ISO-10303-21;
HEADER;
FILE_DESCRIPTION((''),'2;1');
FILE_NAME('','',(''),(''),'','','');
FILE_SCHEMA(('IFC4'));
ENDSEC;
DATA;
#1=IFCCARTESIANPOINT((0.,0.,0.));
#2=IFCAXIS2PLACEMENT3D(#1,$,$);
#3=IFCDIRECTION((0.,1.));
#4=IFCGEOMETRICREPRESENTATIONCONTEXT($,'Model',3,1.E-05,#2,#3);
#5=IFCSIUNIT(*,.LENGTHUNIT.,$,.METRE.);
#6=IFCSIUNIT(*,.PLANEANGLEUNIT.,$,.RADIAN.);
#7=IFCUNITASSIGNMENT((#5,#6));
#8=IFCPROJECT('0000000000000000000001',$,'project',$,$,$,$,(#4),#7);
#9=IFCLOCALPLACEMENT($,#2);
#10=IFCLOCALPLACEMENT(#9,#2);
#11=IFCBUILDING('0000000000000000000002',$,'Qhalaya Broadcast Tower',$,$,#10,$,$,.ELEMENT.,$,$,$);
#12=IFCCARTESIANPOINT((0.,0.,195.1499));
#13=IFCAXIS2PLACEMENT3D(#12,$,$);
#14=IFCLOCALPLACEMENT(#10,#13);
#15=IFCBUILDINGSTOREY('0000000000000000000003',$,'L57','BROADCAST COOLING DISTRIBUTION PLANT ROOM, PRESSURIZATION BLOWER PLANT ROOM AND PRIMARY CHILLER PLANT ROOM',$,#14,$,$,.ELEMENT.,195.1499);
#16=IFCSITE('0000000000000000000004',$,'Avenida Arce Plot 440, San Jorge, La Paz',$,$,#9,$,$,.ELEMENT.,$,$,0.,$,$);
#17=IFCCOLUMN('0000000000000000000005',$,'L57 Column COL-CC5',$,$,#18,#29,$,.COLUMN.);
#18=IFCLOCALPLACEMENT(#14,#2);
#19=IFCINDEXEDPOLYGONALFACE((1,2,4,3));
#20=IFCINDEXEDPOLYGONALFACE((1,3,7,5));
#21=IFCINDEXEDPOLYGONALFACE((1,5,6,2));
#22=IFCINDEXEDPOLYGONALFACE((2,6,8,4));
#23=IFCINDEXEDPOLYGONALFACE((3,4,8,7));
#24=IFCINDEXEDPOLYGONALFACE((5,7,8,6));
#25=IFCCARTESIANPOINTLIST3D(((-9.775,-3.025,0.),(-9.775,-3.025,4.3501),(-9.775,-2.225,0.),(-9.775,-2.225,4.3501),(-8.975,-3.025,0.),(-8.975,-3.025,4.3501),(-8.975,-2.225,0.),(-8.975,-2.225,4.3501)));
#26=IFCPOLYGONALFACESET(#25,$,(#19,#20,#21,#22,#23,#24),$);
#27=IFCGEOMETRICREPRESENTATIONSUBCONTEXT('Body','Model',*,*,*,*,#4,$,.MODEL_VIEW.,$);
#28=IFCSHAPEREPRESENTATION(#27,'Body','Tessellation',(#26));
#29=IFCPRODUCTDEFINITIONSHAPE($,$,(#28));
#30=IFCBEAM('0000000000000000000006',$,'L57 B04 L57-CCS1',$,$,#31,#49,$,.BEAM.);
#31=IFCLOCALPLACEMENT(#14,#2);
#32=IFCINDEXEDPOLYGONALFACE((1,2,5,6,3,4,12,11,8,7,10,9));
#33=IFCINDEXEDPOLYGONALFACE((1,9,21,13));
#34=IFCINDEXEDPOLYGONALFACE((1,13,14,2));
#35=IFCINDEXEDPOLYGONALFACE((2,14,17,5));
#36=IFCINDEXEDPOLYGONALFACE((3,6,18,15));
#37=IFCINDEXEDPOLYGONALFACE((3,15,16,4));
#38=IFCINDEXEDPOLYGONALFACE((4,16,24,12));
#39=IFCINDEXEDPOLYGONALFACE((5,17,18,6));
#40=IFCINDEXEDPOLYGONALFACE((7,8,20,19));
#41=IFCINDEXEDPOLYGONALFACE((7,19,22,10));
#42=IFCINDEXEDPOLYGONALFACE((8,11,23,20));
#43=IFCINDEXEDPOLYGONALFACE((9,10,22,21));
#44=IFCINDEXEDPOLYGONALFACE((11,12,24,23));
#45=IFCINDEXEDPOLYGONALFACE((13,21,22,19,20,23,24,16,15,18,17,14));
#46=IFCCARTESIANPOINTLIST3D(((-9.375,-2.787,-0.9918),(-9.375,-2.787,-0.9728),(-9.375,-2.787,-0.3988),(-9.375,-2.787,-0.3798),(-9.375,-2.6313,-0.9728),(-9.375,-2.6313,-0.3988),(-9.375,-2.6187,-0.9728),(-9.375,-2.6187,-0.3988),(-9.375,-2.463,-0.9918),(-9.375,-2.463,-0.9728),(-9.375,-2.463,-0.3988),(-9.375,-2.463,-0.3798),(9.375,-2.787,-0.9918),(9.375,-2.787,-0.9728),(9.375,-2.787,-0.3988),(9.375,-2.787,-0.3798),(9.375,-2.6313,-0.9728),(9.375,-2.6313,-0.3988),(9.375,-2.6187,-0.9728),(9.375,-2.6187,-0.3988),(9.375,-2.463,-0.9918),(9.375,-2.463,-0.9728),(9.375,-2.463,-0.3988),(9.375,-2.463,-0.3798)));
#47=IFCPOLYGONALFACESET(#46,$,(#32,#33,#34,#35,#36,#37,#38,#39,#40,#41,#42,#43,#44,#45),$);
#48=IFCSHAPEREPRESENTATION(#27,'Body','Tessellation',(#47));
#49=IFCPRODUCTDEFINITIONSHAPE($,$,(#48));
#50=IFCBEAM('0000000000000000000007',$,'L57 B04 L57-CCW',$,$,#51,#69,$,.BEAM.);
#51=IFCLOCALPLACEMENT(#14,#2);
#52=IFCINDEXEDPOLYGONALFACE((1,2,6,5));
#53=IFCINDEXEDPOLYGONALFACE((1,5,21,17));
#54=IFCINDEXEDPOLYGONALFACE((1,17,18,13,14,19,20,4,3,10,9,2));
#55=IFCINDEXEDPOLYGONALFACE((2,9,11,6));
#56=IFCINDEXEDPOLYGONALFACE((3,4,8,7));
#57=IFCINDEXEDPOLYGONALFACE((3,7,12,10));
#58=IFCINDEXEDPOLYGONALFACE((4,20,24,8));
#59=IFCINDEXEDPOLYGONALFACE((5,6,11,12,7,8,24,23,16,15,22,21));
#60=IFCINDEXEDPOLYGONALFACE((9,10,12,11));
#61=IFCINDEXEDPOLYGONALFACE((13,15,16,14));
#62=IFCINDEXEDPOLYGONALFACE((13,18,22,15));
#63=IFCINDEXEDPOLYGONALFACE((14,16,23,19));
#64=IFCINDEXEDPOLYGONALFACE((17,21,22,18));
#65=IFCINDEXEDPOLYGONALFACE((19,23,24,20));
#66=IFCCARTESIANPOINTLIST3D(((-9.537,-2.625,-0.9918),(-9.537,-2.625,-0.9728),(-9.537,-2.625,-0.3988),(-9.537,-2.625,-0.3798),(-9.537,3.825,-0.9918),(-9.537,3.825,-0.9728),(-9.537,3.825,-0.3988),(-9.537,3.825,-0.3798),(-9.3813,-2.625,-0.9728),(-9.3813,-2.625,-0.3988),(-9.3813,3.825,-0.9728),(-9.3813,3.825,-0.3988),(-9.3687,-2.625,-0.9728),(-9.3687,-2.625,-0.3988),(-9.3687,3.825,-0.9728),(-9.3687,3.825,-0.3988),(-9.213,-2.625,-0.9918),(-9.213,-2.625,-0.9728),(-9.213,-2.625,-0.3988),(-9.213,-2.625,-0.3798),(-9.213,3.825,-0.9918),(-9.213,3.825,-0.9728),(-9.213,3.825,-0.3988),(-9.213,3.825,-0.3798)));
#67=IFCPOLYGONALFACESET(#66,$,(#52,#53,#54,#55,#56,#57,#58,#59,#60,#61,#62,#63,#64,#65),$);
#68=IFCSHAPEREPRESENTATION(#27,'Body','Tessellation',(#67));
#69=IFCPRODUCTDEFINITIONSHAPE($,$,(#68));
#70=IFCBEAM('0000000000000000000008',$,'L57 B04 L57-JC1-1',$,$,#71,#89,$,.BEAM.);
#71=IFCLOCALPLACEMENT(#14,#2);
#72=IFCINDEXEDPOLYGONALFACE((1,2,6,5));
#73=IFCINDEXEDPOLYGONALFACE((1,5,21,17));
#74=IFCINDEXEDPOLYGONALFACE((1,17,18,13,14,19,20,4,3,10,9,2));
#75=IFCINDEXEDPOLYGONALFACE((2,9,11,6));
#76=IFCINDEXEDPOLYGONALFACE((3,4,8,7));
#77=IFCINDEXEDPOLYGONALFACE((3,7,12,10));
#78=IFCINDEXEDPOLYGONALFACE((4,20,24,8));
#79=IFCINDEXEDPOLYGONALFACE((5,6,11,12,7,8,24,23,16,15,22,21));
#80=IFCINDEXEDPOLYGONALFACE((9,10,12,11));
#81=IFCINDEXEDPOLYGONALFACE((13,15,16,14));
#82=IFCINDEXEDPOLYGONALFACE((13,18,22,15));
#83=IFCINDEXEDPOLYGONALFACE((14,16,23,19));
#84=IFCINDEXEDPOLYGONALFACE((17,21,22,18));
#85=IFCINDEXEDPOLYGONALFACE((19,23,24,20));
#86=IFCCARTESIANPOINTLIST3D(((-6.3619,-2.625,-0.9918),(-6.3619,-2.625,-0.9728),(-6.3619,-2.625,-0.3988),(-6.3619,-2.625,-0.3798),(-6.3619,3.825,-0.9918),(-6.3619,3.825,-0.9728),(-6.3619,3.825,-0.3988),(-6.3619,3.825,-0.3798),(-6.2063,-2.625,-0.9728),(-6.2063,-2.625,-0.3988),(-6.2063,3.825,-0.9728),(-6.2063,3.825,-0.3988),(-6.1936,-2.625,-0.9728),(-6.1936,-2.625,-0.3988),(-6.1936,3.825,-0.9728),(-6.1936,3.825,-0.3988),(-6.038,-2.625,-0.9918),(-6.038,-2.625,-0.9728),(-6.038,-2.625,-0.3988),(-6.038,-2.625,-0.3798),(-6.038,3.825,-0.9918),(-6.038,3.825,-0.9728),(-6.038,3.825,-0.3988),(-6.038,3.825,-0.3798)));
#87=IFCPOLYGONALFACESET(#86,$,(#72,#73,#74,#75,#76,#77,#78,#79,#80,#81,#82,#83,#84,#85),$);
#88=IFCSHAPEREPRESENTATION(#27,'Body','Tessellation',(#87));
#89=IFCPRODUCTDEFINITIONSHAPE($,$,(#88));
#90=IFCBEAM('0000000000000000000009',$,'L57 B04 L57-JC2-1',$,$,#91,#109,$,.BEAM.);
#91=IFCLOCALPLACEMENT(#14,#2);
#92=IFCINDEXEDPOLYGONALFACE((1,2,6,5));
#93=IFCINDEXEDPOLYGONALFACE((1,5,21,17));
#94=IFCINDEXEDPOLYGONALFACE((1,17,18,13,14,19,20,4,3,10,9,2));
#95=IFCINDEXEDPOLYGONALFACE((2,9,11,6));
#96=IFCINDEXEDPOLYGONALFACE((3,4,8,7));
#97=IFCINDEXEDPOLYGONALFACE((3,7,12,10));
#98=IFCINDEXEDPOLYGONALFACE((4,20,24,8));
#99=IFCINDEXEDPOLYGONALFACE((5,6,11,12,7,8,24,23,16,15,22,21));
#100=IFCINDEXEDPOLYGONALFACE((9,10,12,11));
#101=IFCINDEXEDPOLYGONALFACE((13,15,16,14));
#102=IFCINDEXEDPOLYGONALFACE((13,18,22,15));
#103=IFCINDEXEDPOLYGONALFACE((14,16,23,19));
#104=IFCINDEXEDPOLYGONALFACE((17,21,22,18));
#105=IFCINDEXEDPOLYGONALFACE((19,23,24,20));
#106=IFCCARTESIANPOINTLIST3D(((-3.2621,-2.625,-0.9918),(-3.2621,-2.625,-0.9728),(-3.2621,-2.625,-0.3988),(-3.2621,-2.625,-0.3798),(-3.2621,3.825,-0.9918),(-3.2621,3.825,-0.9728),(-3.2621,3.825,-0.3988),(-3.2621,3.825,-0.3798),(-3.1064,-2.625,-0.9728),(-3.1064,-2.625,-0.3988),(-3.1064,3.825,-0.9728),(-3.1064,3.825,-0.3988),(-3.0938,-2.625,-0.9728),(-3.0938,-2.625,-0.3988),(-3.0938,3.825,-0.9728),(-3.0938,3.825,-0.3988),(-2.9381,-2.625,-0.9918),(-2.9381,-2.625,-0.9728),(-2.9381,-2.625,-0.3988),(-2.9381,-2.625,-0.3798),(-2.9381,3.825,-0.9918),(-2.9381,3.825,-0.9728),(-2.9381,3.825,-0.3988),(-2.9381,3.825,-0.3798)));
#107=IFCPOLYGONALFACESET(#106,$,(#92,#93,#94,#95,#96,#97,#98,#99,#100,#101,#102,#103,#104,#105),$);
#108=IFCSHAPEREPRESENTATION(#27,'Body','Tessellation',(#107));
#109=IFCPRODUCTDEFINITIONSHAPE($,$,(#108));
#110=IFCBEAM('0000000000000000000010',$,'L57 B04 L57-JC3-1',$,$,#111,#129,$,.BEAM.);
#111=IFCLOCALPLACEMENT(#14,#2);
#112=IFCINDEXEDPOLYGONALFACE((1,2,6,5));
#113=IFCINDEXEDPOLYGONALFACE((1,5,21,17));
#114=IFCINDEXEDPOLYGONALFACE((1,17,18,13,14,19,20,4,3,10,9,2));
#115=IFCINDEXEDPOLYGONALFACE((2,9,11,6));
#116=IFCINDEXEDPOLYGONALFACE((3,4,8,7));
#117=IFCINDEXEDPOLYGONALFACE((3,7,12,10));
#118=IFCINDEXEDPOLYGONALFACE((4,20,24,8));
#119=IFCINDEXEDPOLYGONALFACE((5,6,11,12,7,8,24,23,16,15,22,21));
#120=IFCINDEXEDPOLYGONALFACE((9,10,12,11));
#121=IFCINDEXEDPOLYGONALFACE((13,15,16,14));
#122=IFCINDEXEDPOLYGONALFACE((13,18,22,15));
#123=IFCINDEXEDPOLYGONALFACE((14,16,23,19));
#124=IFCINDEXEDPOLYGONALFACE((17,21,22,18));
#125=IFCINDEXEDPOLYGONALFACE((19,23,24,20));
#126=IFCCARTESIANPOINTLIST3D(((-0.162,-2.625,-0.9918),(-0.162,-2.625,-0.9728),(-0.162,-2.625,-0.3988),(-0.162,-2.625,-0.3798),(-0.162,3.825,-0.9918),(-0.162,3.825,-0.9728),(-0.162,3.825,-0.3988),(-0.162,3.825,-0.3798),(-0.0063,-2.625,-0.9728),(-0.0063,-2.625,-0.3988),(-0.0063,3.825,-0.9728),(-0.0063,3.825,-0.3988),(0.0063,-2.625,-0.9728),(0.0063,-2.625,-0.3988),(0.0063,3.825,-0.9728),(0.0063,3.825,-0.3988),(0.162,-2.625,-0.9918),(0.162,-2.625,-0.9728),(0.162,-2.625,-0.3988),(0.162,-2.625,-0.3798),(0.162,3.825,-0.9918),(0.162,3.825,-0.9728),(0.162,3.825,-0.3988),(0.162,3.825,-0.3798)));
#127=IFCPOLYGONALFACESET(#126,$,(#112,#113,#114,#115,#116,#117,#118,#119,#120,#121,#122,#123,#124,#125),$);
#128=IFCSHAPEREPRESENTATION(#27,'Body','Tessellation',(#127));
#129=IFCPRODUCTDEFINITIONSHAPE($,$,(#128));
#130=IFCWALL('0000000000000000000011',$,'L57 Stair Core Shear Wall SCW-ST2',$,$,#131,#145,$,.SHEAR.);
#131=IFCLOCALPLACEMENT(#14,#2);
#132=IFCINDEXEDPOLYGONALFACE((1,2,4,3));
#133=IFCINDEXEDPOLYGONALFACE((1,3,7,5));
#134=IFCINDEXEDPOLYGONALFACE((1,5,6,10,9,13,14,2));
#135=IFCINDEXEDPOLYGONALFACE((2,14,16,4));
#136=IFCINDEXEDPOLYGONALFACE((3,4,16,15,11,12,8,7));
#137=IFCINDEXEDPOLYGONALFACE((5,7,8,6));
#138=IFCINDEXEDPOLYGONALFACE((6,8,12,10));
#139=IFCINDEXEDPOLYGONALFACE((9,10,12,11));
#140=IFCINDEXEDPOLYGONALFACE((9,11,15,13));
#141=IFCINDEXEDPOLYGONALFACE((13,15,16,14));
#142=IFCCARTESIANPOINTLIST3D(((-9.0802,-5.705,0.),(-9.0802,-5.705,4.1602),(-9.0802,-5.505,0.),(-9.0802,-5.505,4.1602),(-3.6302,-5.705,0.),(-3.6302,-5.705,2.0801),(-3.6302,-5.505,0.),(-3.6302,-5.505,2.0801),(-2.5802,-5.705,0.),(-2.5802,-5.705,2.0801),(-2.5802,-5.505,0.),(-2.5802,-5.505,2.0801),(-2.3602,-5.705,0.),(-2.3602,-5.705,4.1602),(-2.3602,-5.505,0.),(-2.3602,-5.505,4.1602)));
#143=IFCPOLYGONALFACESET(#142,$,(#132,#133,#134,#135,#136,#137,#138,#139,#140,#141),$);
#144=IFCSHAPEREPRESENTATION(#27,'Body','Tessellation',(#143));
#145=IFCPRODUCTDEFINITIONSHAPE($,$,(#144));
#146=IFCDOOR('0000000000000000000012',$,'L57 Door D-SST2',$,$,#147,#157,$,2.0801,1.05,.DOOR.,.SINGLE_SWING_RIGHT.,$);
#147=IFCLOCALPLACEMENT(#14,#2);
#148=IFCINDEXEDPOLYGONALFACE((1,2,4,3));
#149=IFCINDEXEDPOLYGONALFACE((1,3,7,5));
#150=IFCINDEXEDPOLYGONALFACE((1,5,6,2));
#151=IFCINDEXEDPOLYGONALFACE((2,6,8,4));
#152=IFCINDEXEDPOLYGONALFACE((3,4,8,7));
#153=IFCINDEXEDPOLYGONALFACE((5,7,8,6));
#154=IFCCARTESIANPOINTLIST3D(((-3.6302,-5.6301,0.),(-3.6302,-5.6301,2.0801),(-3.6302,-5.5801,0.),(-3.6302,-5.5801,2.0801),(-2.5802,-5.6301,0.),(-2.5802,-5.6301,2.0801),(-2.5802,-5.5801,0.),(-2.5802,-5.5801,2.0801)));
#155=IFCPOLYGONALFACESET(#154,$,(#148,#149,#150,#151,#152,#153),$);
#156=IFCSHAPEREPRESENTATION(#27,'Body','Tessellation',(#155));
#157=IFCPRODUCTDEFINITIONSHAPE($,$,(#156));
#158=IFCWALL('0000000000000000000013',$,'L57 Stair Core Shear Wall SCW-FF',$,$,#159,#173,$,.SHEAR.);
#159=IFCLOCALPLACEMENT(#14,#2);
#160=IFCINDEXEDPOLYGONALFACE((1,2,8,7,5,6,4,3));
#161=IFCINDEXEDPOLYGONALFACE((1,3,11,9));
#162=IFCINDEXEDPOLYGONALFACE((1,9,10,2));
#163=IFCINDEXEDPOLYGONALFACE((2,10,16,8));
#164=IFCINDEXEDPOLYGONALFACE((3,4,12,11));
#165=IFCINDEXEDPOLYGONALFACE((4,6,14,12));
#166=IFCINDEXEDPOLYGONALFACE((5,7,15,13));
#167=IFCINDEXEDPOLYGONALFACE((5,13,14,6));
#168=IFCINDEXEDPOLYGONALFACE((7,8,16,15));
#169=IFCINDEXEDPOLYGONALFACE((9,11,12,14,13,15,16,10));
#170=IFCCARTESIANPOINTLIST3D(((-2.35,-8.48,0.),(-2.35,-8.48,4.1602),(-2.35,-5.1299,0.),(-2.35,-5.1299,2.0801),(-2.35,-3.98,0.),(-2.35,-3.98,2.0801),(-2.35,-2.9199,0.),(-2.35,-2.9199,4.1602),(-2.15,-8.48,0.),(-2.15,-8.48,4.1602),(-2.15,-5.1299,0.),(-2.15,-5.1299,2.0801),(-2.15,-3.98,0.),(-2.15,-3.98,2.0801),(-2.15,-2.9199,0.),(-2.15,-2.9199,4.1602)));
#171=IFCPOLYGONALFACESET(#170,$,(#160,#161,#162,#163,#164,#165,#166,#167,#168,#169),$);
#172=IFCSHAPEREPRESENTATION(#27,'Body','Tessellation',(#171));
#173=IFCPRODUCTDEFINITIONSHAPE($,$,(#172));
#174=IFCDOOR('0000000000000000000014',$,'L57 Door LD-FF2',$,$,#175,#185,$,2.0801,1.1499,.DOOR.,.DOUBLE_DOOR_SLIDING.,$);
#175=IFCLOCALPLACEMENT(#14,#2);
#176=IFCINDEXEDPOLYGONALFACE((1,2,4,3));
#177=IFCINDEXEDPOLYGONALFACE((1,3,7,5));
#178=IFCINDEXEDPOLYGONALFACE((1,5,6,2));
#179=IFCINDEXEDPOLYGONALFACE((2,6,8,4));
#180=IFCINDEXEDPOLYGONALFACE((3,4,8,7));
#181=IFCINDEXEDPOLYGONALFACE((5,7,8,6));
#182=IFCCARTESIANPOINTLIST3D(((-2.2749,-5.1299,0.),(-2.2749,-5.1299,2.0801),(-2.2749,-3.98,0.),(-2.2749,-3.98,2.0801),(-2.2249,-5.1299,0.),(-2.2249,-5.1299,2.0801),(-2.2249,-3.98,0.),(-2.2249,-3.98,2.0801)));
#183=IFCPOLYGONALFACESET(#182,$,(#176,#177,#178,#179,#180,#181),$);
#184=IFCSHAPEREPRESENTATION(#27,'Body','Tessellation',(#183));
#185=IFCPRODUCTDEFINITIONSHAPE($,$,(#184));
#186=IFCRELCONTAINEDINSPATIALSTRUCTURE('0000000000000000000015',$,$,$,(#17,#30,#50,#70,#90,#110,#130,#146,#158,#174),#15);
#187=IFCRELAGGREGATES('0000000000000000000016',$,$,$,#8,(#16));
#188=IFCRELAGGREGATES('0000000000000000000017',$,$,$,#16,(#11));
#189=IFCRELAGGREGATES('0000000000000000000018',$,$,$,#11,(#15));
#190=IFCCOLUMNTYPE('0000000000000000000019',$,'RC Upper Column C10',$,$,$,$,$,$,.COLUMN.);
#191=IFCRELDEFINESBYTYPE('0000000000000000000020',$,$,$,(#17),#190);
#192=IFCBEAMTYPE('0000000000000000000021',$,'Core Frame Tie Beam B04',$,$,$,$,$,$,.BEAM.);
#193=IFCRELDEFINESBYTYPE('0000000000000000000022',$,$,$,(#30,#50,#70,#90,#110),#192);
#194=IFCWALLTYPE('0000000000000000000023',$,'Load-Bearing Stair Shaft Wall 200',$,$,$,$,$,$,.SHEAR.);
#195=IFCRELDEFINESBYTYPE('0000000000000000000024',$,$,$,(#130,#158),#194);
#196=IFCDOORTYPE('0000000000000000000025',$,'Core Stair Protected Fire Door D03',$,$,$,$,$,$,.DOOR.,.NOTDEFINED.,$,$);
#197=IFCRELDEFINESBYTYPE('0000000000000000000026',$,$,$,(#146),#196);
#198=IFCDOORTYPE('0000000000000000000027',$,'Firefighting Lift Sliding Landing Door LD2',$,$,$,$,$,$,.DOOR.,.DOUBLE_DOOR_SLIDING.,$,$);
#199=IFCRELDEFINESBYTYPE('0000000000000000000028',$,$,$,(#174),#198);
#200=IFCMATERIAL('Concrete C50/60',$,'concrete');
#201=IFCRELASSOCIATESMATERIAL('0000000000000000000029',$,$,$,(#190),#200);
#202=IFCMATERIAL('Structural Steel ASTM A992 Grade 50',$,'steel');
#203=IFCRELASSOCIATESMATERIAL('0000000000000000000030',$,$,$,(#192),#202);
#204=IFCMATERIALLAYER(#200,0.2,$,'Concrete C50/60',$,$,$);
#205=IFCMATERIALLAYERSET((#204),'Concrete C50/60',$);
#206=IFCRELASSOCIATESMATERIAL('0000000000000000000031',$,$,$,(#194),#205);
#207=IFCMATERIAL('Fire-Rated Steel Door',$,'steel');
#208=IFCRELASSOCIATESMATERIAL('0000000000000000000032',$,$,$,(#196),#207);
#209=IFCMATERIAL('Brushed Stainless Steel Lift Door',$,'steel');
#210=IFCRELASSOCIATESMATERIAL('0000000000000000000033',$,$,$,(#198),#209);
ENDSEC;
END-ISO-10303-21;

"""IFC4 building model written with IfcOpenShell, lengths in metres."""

from ifc_helpers import new_model, si_unit, direction, frame, frame_2d, origin, origin_2d, place, context, subcontext, project, spatial, rectangle, i_section, extrude, material, layer, layer_set, material_profile, profile_set, type_object, element, fill, save


model = new_model("IFC4")

# Units and contexts
model_context = context("Model", 3, precision=1e-05, world=origin(), true_north=direction((0.0, 1.0)))
body_context = subcontext(model_context, "Body", "Model", "MODEL_VIEW")
ifc_project = project(units=[si_unit("LENGTHUNIT", "METRE"), si_unit("PLANEANGLEUNIT", "RADIAN")], contexts=[model_context])

# Site, building, storey
site_placement = place(None, origin())
site = spatial("IfcSite", under=ifc_project, at=site_placement, Name="Avenida Arce Plot 440, San Jorge, La Paz", CompositionType="ELEMENT", RefElevation=0.0)
building_placement = place(site_placement, origin())
building = spatial("IfcBuilding", under=site, at=building_placement, Name="Qhalaya Broadcast Tower", CompositionType="ELEMENT")
storey_placement = place(building_placement, frame((0.0, 0.0, 195.1499)))
storey = spatial("IfcBuildingStorey", under=building, at=storey_placement, Name="L57", Description="BROADCAST COOLING DISTRIBUTION PLANT ROOM, PRESSURIZATION BLOWER PLANT ROOM AND PRIMARY CHILLER PLANT ROOM", CompositionType="ELEMENT", Elevation=195.1499)

# Column
ifc_material_1 = material(Name="Concrete C50/60", Category="concrete")
ifc_material_profile_1 = material_profile(ifc_material_1, rectangle(XDim=0.8, YDim=0.8, at=origin_2d()), Name="RC-COL 800x800")
ifc_profile_set_1 = profile_set([ifc_material_profile_1], Name="Concrete C50/60")
column_type = type_object("IfcColumnType", Name="RC Upper Column C10", PredefinedType="COLUMN", material=ifc_profile_set_1)
column_placement = place(storey_placement, frame((-9.375, -2.625, 0.0), z_axis=(0.0, 0.0, 1.0), x_axis=(1.0, 0.0, 0.0)))
element("IfcColumn", 1, at=column_placement, inside=storey, type_object=column_type, Name="L57 Column COL-CC5", PredefinedType="COLUMN", context=body_context, shape_type="SweptSolid", body=[
    extrude(rectangle(XDim=0.8, YDim=0.8, at=origin_2d()), origin(), (0.0, 0.0, 1.0), 4.3501),
])

# Beams
ifc_material_2 = material(Name="Structural Steel ASTM A992 Grade 50", Category="steel")
ifc_material_profile_2 = material_profile(ifc_material_2, i_section(OverallWidth=0.324, OverallDepth=0.6121, WebThickness=0.0127, FlangeThickness=0.019, at=origin_2d()), Name="W24X104")
ifc_profile_set_2 = profile_set([ifc_material_profile_2], Name="Structural Steel ASTM A992 Grade 50")
beam_type = type_object("IfcBeamType", Name="Core Frame Tie Beam B04", PredefinedType="BEAM", material=ifc_profile_set_2)
beam_placement = place(storey_placement, frame((-9.375, -2.625, -0.6858), z_axis=(1.0, 0.0, 0.0), x_axis=(0.0, 1.0, 0.0)))
element("IfcBeam", 2, at=beam_placement, inside=storey, type_object=beam_type, Name="L57 B04 L57-CCS1", PredefinedType="BEAM", context=body_context, shape_type="SweptSolid", body=[
    extrude(i_section(OverallWidth=0.324, OverallDepth=0.6121, WebThickness=0.0127, FlangeThickness=0.019, at=origin_2d()), origin(), (0.0, 0.0, 1.0), 18.75),
])
for number, where, z_axis, x_axis, name in (
    (3, (-9.375, -2.625, -0.6858), (0.0, 1.0, 0.0), (-1.0, 0.0, 0.0), "L57 B04 L57-CCW"),
    (4, (-6.2, -2.625, -0.6858), (0.0, 1.0, 0.0), (-1.0, 0.0, 0.0), "L57 B04 L57-JC1-1"),
    (5, (-3.1001, -2.625, -0.6858), (0.0, 1.0, 0.0), (-1.0, 0.0, 0.0), "L57 B04 L57-JC2-1"),
    (6, (0.0, -2.625, -0.6858), (0.0, 1.0, 0.0), (-1.0, 0.0, 0.0), "L57 B04 L57-JC3-1"),
):
    element("IfcBeam", number, at=place(storey_placement, frame(where, z_axis=z_axis, x_axis=x_axis)), inside=storey, type_object=beam_type, Name=name, PredefinedType="BEAM", context=body_context, shape_type="SweptSolid", body=[
        extrude(i_section(OverallWidth=0.324, OverallDepth=0.6121, WebThickness=0.0127, FlangeThickness=0.019, at=origin_2d()), origin(), (0.0, 0.0, 1.0), 6.45),
    ])

# Walls, openings, doors
ifc_layer_1 = layer(ifc_material_1, 0.2, Name="Concrete C50/60")
ifc_layer_set_1 = layer_set([ifc_layer_1], Name="Concrete C50/60")
wall_type_1 = type_object("IfcWallType", Name="Load-Bearing Stair Shaft Wall 200", PredefinedType="SHEAR", material=ifc_layer_set_1)
wall_1_placement = place(storey_placement, frame((-9.0801, -5.605, 0.0), z_axis=(0.0, 0.0, 1.0), x_axis=(1.0, 0.0, 0.0)))
wall_1 = element("IfcWall", 7, at=wall_1_placement, inside=storey, type_object=wall_type_1, Name="L57 Stair Core Shear Wall SCW-ST2", PredefinedType="SHEAR", context=body_context, shape_type="SweptSolid", body=[
    extrude(rectangle(XDim=6.72, YDim=0.2, at=frame_2d((3.3599, 0.0))), origin(), (0.0, 0.0, 1.0), 4.1602),
])
opening_1_placement = place(wall_1_placement, frame((5.45, 0.0, 0.0)))
opening_1 = element("IfcOpeningElement", 8, at=opening_1_placement, cuts=wall_1, PredefinedType="OPENING", context=body_context, shape_type="SweptSolid", body=[
    extrude(rectangle(XDim=1.05, YDim=2.0801, at=frame_2d((0.5249, 1.04))), frame((0.0, 0.1121, 0.0), z_axis=(0.0, -1.0, 0.0), x_axis=(1.0, 0.0, 0.0)), (0.0, 0.0, 1.0), 0.2239),
])
ifc_material_3 = material(Name="Fire-Rated Steel Door", Category="steel")
door_type_1 = type_object("IfcDoorType", Name="Core Stair Protected Fire Door D03", OperationType="NOTDEFINED", PredefinedType="DOOR", material=ifc_material_3)
door_1_placement = place(opening_1_placement, origin())
door_1 = element("IfcDoor", 9, at=door_1_placement, inside=storey, type_object=door_type_1, Name="L57 Door D-SST2", OperationType="SINGLE_SWING_RIGHT", OverallHeight=2.0801, OverallWidth=1.05, PredefinedType="DOOR", context=body_context, shape_type="SweptSolid", body=[
    extrude(rectangle(XDim=1.05, YDim=2.0801, at=frame_2d((0.5249, 1.04))), frame((0.0, 0.0249, 0.0), z_axis=(0.0, -1.0, 0.0), x_axis=(1.0, 0.0, 0.0)), (0.0, 0.0, 1.0), 0.05),
])
fill(opening_1, door_1)
wall_2_placement = place(storey_placement, frame((-2.25, -8.48, 0.0), z_axis=(0.0, 0.0, 1.0), x_axis=(0.0, 1.0, 0.0)))
wall_2 = element("IfcWall", 10, at=wall_2_placement, inside=storey, type_object=wall_type_1, Name="L57 Stair Core Shear Wall SCW-FF", PredefinedType="SHEAR", context=body_context, shape_type="SweptSolid", body=[
    extrude(rectangle(XDim=5.5601, YDim=0.2, at=frame_2d((2.78, 0.0))), origin(), (0.0, 0.0, 1.0), 4.1602),
])
opening_2_placement = place(wall_2_placement, frame((3.3501, 0.0, 0.0)))
opening_2 = element("IfcOpeningElement", 11, at=opening_2_placement, cuts=wall_2, PredefinedType="OPENING", context=body_context, shape_type="SweptSolid", body=[
    extrude(rectangle(XDim=1.1499, YDim=2.0801, at=frame_2d((0.575, 1.04))), frame((0.0, 0.1121, 0.0), z_axis=(0.0, -1.0, 0.0), x_axis=(1.0, 0.0, 0.0)), (0.0, 0.0, 1.0), 0.2239),
])
ifc_material_4 = material(Name="Brushed Stainless Steel Lift Door", Category="steel")
door_type_2 = type_object("IfcDoorType", Name="Firefighting Lift Sliding Landing Door LD2", OperationType="DOUBLE_DOOR_SLIDING", PredefinedType="DOOR", material=ifc_material_4)
door_2_placement = place(opening_2_placement, origin())
door_2 = element("IfcDoor", 12, at=door_2_placement, inside=storey, type_object=door_type_2, Name="L57 Door LD-FF2", OperationType="DOUBLE_DOOR_SLIDING", OverallHeight=2.0801, OverallWidth=1.1499, PredefinedType="DOOR", context=body_context, shape_type="SweptSolid", body=[
    extrude(rectangle(XDim=1.1499, YDim=2.0801, at=frame_2d((0.575, 1.04))), frame((0.0, 0.0249, 0.0), z_axis=(0.0, -1.0, 0.0), x_axis=(1.0, 0.0, 0.0)), (0.0, 0.0, 1.0), 0.05),
])
fill(opening_2, door_2)

save(model, "model.ifc")
